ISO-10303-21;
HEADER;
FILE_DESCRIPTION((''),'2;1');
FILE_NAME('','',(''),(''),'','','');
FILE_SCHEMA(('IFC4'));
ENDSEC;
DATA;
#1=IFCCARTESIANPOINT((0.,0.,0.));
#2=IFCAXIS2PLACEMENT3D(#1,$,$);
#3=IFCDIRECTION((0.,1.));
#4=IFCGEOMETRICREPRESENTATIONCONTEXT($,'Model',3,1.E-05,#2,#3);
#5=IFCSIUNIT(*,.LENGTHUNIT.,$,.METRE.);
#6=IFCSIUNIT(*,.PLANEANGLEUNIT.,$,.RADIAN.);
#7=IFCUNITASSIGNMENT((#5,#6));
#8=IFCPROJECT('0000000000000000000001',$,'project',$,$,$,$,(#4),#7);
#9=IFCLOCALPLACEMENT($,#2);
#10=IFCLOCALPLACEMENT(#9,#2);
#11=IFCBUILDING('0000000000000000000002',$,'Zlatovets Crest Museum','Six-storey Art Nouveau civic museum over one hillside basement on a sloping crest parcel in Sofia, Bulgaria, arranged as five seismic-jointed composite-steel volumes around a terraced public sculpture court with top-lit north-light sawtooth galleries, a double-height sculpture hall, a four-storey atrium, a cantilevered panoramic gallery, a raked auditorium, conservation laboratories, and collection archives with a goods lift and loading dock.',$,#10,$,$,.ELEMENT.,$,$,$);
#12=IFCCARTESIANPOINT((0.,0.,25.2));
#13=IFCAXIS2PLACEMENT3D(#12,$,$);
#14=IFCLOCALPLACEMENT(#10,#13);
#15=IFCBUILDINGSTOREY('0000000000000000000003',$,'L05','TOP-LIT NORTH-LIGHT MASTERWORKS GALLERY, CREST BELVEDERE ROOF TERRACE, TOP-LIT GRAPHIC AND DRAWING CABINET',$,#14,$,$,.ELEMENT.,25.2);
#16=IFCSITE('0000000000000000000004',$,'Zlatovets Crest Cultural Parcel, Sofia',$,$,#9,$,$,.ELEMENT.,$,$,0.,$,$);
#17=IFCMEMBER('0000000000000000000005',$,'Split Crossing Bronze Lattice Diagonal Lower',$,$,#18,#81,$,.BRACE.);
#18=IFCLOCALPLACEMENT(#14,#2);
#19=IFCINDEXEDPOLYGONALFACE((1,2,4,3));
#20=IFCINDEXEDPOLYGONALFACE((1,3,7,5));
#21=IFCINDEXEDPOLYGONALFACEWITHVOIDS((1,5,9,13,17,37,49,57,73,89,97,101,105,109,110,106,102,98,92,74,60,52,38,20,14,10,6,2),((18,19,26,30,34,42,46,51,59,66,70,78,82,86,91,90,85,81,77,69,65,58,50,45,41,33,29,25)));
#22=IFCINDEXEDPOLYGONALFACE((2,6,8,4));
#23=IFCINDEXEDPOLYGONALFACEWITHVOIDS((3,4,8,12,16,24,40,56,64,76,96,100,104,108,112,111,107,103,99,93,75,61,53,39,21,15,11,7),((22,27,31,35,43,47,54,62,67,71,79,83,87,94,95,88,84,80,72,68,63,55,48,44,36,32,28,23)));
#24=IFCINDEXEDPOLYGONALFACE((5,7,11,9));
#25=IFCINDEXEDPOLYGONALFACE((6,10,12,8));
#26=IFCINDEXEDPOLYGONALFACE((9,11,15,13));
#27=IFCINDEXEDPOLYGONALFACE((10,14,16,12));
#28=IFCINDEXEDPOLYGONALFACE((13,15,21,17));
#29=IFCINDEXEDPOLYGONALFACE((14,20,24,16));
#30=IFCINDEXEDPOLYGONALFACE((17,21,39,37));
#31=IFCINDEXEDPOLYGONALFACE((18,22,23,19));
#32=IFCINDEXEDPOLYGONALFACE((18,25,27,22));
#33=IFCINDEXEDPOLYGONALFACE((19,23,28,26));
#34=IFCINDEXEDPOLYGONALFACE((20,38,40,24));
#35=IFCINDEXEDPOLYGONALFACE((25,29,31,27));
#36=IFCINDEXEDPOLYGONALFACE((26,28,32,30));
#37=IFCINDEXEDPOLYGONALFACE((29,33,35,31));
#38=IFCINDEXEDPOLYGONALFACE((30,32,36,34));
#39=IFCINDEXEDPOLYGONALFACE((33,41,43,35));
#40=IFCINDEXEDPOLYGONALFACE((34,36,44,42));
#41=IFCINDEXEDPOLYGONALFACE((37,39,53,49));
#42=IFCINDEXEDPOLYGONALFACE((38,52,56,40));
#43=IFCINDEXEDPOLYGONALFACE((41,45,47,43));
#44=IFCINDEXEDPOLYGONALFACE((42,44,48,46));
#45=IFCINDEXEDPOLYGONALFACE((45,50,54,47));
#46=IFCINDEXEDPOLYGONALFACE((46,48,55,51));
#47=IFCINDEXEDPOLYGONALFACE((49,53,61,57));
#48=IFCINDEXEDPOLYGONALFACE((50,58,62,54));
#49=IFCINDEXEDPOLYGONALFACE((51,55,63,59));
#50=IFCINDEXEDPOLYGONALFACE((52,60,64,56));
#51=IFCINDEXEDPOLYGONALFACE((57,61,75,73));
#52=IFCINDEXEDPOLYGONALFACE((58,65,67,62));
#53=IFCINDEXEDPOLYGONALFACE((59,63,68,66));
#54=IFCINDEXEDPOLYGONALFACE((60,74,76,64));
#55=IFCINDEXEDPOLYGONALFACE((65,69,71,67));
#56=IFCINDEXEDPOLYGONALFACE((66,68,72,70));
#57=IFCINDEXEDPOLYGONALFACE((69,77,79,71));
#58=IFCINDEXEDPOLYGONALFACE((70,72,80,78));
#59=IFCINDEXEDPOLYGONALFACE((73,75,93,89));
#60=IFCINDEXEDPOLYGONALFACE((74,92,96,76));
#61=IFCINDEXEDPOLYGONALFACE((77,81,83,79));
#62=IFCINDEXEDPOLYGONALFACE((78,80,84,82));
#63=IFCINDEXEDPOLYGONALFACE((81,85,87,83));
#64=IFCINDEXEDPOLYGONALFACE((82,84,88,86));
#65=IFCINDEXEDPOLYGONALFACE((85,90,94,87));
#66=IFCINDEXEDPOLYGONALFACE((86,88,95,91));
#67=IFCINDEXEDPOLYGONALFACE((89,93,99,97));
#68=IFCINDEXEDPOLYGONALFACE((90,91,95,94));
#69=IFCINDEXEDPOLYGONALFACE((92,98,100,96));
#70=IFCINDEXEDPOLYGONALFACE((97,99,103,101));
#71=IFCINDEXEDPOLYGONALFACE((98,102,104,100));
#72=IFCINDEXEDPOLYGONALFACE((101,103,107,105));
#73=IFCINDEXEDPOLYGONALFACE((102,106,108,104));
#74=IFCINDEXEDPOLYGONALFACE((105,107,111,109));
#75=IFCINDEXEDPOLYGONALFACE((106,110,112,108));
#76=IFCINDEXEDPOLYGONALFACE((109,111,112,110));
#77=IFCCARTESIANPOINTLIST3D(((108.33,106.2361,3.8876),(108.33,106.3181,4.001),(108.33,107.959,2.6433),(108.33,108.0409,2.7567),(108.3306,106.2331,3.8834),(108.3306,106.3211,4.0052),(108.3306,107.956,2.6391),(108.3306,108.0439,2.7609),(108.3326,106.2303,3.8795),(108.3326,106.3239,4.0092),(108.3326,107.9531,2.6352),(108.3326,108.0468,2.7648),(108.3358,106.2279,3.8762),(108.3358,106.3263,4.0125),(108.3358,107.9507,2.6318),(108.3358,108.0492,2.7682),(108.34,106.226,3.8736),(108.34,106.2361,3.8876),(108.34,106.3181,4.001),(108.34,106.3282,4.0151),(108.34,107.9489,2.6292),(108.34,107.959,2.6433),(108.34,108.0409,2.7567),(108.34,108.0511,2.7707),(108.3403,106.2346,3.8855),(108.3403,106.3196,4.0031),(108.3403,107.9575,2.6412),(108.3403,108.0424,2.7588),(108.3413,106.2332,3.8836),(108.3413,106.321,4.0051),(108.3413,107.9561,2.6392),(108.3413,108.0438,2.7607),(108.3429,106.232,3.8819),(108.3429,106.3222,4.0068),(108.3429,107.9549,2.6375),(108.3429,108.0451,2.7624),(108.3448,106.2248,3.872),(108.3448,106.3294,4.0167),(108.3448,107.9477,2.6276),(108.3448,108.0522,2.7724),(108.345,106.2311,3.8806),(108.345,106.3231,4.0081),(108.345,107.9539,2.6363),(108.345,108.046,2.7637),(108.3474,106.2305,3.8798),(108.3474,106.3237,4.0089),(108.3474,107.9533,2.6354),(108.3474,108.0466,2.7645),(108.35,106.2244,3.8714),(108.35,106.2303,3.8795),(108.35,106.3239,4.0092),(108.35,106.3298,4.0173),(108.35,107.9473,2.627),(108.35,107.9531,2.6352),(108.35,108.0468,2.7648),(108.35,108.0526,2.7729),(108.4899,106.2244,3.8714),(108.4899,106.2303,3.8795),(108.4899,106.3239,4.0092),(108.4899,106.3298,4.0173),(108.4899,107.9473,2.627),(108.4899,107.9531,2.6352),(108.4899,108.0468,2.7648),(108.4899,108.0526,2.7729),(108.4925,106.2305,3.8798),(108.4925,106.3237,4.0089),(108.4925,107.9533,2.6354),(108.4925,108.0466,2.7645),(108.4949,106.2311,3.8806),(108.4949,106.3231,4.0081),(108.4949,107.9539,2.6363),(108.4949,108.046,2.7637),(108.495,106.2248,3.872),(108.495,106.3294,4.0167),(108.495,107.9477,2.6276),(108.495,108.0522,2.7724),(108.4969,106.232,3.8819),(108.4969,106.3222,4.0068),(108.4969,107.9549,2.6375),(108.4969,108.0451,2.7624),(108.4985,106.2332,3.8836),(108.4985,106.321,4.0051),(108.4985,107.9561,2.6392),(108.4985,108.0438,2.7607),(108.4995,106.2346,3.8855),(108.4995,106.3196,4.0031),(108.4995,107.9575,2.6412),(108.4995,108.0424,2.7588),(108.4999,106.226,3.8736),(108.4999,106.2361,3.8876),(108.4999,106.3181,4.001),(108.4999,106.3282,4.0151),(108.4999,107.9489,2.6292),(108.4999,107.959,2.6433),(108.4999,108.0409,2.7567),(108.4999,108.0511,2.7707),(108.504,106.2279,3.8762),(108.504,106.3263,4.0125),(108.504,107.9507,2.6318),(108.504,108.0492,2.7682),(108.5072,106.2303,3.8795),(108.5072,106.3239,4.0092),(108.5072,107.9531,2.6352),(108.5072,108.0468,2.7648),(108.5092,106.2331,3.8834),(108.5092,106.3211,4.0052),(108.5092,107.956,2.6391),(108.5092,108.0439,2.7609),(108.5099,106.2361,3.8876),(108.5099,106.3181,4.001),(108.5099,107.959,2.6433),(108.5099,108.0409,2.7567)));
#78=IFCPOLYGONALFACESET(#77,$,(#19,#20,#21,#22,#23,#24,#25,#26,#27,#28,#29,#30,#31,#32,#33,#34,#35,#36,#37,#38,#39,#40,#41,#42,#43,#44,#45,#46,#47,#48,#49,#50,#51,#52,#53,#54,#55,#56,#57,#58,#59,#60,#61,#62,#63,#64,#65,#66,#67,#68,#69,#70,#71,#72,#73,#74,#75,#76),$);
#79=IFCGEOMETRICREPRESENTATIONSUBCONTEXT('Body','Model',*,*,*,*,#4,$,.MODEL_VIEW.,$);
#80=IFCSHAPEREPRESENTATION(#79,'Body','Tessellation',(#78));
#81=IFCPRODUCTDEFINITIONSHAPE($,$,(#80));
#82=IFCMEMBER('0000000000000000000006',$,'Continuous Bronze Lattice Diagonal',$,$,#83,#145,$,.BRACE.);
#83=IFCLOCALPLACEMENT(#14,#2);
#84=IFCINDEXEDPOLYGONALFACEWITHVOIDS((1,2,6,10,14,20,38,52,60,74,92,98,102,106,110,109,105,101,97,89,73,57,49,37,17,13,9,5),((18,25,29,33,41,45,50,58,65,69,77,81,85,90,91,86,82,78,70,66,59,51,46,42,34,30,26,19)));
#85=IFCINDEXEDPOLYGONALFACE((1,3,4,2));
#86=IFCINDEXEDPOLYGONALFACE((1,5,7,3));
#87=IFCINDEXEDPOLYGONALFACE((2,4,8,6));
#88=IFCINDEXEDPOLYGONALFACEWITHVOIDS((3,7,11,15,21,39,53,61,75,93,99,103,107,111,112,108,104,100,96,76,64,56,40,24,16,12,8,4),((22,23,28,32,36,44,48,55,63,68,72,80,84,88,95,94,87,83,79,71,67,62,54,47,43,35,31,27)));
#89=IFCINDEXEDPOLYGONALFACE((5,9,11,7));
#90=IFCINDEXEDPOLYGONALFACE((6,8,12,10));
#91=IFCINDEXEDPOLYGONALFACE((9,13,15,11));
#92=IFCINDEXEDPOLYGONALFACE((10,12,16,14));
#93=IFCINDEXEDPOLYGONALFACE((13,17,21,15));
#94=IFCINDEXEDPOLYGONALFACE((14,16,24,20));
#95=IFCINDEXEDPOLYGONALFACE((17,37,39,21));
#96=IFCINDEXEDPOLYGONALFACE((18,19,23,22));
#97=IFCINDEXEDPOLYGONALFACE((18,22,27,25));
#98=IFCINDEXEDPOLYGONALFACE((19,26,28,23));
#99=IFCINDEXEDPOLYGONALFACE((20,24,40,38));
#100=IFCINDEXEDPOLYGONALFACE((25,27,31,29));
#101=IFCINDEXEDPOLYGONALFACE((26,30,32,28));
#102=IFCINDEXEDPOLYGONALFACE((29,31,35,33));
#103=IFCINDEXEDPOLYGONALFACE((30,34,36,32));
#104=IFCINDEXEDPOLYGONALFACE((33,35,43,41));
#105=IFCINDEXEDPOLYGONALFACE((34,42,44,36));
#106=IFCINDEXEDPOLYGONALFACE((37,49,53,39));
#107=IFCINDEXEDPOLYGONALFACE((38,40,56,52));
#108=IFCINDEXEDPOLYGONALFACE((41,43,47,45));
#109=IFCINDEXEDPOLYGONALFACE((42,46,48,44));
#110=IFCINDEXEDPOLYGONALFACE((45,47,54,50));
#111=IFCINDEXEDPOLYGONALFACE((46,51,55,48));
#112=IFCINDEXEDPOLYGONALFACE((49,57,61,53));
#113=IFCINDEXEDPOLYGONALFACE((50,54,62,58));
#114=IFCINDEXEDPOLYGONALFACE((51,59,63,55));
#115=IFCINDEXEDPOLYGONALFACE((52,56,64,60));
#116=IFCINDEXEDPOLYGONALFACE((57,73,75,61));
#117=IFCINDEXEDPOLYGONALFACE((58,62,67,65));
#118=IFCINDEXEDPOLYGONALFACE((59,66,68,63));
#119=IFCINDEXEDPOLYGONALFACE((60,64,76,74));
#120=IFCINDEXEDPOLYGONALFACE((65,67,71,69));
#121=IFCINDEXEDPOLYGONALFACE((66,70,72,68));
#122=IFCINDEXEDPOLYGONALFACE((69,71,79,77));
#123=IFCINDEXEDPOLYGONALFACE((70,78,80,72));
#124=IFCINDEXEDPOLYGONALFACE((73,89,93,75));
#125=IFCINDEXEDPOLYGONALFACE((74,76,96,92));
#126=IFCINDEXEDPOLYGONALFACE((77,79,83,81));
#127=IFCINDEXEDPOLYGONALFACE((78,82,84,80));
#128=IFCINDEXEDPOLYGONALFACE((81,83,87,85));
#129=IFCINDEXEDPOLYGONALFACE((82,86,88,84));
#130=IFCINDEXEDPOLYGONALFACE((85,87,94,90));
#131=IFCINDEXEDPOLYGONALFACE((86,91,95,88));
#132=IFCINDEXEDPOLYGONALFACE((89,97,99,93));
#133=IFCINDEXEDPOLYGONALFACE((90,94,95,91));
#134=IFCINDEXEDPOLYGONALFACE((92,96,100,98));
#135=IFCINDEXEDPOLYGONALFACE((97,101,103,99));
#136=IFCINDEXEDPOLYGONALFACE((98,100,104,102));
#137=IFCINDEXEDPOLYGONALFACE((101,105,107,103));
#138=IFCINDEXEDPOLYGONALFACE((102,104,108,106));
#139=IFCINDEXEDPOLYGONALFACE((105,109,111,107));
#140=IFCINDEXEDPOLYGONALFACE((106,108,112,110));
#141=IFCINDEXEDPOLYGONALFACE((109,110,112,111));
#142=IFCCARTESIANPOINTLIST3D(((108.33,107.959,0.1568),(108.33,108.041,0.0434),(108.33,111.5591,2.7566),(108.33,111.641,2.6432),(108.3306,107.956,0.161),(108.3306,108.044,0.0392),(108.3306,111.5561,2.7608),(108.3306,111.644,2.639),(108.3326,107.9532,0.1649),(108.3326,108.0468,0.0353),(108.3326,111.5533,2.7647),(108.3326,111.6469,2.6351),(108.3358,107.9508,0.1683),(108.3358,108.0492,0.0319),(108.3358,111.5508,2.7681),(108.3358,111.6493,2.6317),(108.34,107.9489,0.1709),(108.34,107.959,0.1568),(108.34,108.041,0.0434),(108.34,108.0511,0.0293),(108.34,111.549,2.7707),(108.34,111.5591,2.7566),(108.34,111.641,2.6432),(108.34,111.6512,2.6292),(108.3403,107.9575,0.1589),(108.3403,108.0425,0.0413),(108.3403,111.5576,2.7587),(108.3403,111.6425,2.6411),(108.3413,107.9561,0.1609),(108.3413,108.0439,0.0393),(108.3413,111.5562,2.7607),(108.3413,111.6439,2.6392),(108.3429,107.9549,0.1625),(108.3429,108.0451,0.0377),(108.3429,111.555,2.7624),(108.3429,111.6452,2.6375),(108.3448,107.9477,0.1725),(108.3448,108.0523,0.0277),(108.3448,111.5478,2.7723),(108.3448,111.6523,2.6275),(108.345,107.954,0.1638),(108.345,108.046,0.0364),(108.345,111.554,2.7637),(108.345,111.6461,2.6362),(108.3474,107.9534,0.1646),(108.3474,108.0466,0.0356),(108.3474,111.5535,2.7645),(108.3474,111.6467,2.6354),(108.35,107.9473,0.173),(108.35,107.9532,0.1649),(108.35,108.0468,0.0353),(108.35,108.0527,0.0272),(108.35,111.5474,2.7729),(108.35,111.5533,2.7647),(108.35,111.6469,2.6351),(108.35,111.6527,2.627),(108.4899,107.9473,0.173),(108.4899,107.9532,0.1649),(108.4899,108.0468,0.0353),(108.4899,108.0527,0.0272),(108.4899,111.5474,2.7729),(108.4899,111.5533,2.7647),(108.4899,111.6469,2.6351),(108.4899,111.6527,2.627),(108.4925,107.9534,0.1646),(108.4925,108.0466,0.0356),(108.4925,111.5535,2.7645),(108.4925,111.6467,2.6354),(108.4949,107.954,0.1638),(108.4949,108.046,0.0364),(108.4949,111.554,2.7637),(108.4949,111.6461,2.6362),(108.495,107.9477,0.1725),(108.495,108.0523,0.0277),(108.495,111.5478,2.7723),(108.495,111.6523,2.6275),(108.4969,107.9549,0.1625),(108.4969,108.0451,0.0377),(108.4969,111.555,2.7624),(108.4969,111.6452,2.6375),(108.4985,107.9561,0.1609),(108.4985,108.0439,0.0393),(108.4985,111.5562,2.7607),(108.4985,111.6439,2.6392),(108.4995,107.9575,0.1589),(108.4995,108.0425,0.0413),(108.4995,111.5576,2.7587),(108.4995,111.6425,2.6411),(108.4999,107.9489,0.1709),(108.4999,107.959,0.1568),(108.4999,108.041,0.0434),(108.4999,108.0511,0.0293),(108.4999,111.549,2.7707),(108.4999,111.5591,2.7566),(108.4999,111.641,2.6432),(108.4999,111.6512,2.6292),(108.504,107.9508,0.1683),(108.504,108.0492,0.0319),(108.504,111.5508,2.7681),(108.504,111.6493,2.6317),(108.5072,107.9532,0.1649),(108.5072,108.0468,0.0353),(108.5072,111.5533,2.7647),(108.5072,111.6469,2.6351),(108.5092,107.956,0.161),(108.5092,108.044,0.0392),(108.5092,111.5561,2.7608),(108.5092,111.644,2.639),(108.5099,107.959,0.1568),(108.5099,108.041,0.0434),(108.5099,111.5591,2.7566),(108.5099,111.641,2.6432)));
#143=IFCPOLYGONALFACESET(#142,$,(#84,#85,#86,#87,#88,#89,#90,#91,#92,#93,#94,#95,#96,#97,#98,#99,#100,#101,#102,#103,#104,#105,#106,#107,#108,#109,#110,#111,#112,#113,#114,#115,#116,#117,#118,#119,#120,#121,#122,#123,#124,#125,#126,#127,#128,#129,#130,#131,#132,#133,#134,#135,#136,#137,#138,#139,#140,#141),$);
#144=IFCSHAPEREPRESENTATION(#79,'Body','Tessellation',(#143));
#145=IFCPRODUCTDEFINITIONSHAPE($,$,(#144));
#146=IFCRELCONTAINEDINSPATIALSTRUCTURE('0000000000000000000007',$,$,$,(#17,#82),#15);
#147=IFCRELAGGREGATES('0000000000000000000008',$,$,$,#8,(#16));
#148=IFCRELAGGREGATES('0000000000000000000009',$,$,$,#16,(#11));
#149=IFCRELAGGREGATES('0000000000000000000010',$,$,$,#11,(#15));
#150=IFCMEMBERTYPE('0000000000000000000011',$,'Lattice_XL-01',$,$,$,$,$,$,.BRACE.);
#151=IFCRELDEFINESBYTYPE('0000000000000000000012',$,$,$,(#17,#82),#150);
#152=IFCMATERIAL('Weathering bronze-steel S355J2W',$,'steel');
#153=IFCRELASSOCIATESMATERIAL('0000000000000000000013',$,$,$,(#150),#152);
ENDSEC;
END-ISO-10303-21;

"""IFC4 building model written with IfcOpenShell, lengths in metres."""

from ifc_helpers import new_model, si_unit, direction, frame, origin, origin_2d, place, context, subcontext, project, spatial, hollow_rectangle, extrude, material, material_profile, profile_set, type_object, element, save


model = new_model("IFC4")

# Units and contexts
model_context = context("Model", 3, precision=1e-05, world=origin(), true_north=direction((0.0, 1.0)))
body_context = subcontext(model_context, "Body", "Model", "MODEL_VIEW")
ifc_project = project(units=[si_unit("LENGTHUNIT", "METRE"), si_unit("PLANEANGLEUNIT", "RADIAN")], contexts=[model_context])

# Site, building, storey
site_placement = place(None, origin())
site = spatial("IfcSite", under=ifc_project, at=site_placement, Name="Zlatovets Crest Cultural Parcel, Sofia", CompositionType="ELEMENT", RefElevation=0.0)
building_placement = place(site_placement, origin())
building = spatial("IfcBuilding", under=site, at=building_placement, Name="Zlatovets Crest Museum", Description="Six-storey Art Nouveau civic museum over one hillside basement on a sloping crest parcel in Sofia, Bulgaria, arranged as five seismic-jointed composite-steel volumes around a terraced public sculpture court with top-lit north-light sawtooth galleries, a double-height sculpture hall, a four-storey atrium, a cantilevered panoramic gallery, a raked auditorium, conservation laboratories, and collection archives with a goods lift and loading dock.", CompositionType="ELEMENT")
storey_placement = place(building_placement, frame((0.0, 0.0, 25.2)))
storey = spatial("IfcBuildingStorey", under=building, at=storey_placement, Name="L05", Description="TOP-LIT NORTH-LIGHT MASTERWORKS GALLERY, CREST BELVEDERE ROOF TERRACE, TOP-LIT GRAPHIC AND DRAWING CABINET", CompositionType="ELEMENT", Elevation=25.2)

# Members
ifc_material_1 = material(Name="Weathering bronze-steel S355J2W", Category="steel")
ifc_material_profile_1 = material_profile(ifc_material_1, hollow_rectangle(XDim=0.1799, YDim=0.1799, WallThickness=0.01, InnerFilletRadius=0.01, OuterFilletRadius=0.02, at=origin_2d()), Name="SHS 180x180x10.0")
ifc_profile_set_1 = profile_set([ifc_material_profile_1], Name="Weathering bronze-steel S355J2W")
member_type_1 = type_object("IfcMemberType", Name="Lattice_XL-01", PredefinedType="BRACE", material=ifc_profile_set_1)
member_1_placement = place(storey_placement, frame((108.4199, 106.2771, 3.9443), z_axis=(0.0, 0.810664, -0.585512), x_axis=(-1.0, 0.0, 0.0)))
element("IfcMember", 1, at=member_1_placement, inside=storey, type_object=member_type_1, Name="Split Crossing Bronze Lattice Diagonal Lower", PredefinedType="BRACE", context=body_context, shape_type="SweptSolid", body=[
    extrude(hollow_rectangle(XDim=0.1799, YDim=0.1799, WallThickness=0.01, InnerFilletRadius=0.01, OuterFilletRadius=0.02, at=origin_2d()), origin(), (0.0, 0.0, 1.0), 2.1252),
])
member_2_placement = place(storey_placement, frame((108.4199, 108.0, 0.1001), z_axis=(0.0, 0.810702, 0.585458), x_axis=(-1.0, 0.0, 0.0)))
element("IfcMember", 2, at=member_2_placement, inside=storey, type_object=member_type_1, Name="Continuous Bronze Lattice Diagonal", PredefinedType="BRACE", context=body_context, shape_type="SweptSolid", body=[
    extrude(hollow_rectangle(XDim=0.1799, YDim=0.1799, WallThickness=0.01, InnerFilletRadius=0.01, OuterFilletRadius=0.02, at=origin_2d()), origin(), (0.0, 0.0, 1.0), 4.4407),
])

save(model, "model.ifc")
